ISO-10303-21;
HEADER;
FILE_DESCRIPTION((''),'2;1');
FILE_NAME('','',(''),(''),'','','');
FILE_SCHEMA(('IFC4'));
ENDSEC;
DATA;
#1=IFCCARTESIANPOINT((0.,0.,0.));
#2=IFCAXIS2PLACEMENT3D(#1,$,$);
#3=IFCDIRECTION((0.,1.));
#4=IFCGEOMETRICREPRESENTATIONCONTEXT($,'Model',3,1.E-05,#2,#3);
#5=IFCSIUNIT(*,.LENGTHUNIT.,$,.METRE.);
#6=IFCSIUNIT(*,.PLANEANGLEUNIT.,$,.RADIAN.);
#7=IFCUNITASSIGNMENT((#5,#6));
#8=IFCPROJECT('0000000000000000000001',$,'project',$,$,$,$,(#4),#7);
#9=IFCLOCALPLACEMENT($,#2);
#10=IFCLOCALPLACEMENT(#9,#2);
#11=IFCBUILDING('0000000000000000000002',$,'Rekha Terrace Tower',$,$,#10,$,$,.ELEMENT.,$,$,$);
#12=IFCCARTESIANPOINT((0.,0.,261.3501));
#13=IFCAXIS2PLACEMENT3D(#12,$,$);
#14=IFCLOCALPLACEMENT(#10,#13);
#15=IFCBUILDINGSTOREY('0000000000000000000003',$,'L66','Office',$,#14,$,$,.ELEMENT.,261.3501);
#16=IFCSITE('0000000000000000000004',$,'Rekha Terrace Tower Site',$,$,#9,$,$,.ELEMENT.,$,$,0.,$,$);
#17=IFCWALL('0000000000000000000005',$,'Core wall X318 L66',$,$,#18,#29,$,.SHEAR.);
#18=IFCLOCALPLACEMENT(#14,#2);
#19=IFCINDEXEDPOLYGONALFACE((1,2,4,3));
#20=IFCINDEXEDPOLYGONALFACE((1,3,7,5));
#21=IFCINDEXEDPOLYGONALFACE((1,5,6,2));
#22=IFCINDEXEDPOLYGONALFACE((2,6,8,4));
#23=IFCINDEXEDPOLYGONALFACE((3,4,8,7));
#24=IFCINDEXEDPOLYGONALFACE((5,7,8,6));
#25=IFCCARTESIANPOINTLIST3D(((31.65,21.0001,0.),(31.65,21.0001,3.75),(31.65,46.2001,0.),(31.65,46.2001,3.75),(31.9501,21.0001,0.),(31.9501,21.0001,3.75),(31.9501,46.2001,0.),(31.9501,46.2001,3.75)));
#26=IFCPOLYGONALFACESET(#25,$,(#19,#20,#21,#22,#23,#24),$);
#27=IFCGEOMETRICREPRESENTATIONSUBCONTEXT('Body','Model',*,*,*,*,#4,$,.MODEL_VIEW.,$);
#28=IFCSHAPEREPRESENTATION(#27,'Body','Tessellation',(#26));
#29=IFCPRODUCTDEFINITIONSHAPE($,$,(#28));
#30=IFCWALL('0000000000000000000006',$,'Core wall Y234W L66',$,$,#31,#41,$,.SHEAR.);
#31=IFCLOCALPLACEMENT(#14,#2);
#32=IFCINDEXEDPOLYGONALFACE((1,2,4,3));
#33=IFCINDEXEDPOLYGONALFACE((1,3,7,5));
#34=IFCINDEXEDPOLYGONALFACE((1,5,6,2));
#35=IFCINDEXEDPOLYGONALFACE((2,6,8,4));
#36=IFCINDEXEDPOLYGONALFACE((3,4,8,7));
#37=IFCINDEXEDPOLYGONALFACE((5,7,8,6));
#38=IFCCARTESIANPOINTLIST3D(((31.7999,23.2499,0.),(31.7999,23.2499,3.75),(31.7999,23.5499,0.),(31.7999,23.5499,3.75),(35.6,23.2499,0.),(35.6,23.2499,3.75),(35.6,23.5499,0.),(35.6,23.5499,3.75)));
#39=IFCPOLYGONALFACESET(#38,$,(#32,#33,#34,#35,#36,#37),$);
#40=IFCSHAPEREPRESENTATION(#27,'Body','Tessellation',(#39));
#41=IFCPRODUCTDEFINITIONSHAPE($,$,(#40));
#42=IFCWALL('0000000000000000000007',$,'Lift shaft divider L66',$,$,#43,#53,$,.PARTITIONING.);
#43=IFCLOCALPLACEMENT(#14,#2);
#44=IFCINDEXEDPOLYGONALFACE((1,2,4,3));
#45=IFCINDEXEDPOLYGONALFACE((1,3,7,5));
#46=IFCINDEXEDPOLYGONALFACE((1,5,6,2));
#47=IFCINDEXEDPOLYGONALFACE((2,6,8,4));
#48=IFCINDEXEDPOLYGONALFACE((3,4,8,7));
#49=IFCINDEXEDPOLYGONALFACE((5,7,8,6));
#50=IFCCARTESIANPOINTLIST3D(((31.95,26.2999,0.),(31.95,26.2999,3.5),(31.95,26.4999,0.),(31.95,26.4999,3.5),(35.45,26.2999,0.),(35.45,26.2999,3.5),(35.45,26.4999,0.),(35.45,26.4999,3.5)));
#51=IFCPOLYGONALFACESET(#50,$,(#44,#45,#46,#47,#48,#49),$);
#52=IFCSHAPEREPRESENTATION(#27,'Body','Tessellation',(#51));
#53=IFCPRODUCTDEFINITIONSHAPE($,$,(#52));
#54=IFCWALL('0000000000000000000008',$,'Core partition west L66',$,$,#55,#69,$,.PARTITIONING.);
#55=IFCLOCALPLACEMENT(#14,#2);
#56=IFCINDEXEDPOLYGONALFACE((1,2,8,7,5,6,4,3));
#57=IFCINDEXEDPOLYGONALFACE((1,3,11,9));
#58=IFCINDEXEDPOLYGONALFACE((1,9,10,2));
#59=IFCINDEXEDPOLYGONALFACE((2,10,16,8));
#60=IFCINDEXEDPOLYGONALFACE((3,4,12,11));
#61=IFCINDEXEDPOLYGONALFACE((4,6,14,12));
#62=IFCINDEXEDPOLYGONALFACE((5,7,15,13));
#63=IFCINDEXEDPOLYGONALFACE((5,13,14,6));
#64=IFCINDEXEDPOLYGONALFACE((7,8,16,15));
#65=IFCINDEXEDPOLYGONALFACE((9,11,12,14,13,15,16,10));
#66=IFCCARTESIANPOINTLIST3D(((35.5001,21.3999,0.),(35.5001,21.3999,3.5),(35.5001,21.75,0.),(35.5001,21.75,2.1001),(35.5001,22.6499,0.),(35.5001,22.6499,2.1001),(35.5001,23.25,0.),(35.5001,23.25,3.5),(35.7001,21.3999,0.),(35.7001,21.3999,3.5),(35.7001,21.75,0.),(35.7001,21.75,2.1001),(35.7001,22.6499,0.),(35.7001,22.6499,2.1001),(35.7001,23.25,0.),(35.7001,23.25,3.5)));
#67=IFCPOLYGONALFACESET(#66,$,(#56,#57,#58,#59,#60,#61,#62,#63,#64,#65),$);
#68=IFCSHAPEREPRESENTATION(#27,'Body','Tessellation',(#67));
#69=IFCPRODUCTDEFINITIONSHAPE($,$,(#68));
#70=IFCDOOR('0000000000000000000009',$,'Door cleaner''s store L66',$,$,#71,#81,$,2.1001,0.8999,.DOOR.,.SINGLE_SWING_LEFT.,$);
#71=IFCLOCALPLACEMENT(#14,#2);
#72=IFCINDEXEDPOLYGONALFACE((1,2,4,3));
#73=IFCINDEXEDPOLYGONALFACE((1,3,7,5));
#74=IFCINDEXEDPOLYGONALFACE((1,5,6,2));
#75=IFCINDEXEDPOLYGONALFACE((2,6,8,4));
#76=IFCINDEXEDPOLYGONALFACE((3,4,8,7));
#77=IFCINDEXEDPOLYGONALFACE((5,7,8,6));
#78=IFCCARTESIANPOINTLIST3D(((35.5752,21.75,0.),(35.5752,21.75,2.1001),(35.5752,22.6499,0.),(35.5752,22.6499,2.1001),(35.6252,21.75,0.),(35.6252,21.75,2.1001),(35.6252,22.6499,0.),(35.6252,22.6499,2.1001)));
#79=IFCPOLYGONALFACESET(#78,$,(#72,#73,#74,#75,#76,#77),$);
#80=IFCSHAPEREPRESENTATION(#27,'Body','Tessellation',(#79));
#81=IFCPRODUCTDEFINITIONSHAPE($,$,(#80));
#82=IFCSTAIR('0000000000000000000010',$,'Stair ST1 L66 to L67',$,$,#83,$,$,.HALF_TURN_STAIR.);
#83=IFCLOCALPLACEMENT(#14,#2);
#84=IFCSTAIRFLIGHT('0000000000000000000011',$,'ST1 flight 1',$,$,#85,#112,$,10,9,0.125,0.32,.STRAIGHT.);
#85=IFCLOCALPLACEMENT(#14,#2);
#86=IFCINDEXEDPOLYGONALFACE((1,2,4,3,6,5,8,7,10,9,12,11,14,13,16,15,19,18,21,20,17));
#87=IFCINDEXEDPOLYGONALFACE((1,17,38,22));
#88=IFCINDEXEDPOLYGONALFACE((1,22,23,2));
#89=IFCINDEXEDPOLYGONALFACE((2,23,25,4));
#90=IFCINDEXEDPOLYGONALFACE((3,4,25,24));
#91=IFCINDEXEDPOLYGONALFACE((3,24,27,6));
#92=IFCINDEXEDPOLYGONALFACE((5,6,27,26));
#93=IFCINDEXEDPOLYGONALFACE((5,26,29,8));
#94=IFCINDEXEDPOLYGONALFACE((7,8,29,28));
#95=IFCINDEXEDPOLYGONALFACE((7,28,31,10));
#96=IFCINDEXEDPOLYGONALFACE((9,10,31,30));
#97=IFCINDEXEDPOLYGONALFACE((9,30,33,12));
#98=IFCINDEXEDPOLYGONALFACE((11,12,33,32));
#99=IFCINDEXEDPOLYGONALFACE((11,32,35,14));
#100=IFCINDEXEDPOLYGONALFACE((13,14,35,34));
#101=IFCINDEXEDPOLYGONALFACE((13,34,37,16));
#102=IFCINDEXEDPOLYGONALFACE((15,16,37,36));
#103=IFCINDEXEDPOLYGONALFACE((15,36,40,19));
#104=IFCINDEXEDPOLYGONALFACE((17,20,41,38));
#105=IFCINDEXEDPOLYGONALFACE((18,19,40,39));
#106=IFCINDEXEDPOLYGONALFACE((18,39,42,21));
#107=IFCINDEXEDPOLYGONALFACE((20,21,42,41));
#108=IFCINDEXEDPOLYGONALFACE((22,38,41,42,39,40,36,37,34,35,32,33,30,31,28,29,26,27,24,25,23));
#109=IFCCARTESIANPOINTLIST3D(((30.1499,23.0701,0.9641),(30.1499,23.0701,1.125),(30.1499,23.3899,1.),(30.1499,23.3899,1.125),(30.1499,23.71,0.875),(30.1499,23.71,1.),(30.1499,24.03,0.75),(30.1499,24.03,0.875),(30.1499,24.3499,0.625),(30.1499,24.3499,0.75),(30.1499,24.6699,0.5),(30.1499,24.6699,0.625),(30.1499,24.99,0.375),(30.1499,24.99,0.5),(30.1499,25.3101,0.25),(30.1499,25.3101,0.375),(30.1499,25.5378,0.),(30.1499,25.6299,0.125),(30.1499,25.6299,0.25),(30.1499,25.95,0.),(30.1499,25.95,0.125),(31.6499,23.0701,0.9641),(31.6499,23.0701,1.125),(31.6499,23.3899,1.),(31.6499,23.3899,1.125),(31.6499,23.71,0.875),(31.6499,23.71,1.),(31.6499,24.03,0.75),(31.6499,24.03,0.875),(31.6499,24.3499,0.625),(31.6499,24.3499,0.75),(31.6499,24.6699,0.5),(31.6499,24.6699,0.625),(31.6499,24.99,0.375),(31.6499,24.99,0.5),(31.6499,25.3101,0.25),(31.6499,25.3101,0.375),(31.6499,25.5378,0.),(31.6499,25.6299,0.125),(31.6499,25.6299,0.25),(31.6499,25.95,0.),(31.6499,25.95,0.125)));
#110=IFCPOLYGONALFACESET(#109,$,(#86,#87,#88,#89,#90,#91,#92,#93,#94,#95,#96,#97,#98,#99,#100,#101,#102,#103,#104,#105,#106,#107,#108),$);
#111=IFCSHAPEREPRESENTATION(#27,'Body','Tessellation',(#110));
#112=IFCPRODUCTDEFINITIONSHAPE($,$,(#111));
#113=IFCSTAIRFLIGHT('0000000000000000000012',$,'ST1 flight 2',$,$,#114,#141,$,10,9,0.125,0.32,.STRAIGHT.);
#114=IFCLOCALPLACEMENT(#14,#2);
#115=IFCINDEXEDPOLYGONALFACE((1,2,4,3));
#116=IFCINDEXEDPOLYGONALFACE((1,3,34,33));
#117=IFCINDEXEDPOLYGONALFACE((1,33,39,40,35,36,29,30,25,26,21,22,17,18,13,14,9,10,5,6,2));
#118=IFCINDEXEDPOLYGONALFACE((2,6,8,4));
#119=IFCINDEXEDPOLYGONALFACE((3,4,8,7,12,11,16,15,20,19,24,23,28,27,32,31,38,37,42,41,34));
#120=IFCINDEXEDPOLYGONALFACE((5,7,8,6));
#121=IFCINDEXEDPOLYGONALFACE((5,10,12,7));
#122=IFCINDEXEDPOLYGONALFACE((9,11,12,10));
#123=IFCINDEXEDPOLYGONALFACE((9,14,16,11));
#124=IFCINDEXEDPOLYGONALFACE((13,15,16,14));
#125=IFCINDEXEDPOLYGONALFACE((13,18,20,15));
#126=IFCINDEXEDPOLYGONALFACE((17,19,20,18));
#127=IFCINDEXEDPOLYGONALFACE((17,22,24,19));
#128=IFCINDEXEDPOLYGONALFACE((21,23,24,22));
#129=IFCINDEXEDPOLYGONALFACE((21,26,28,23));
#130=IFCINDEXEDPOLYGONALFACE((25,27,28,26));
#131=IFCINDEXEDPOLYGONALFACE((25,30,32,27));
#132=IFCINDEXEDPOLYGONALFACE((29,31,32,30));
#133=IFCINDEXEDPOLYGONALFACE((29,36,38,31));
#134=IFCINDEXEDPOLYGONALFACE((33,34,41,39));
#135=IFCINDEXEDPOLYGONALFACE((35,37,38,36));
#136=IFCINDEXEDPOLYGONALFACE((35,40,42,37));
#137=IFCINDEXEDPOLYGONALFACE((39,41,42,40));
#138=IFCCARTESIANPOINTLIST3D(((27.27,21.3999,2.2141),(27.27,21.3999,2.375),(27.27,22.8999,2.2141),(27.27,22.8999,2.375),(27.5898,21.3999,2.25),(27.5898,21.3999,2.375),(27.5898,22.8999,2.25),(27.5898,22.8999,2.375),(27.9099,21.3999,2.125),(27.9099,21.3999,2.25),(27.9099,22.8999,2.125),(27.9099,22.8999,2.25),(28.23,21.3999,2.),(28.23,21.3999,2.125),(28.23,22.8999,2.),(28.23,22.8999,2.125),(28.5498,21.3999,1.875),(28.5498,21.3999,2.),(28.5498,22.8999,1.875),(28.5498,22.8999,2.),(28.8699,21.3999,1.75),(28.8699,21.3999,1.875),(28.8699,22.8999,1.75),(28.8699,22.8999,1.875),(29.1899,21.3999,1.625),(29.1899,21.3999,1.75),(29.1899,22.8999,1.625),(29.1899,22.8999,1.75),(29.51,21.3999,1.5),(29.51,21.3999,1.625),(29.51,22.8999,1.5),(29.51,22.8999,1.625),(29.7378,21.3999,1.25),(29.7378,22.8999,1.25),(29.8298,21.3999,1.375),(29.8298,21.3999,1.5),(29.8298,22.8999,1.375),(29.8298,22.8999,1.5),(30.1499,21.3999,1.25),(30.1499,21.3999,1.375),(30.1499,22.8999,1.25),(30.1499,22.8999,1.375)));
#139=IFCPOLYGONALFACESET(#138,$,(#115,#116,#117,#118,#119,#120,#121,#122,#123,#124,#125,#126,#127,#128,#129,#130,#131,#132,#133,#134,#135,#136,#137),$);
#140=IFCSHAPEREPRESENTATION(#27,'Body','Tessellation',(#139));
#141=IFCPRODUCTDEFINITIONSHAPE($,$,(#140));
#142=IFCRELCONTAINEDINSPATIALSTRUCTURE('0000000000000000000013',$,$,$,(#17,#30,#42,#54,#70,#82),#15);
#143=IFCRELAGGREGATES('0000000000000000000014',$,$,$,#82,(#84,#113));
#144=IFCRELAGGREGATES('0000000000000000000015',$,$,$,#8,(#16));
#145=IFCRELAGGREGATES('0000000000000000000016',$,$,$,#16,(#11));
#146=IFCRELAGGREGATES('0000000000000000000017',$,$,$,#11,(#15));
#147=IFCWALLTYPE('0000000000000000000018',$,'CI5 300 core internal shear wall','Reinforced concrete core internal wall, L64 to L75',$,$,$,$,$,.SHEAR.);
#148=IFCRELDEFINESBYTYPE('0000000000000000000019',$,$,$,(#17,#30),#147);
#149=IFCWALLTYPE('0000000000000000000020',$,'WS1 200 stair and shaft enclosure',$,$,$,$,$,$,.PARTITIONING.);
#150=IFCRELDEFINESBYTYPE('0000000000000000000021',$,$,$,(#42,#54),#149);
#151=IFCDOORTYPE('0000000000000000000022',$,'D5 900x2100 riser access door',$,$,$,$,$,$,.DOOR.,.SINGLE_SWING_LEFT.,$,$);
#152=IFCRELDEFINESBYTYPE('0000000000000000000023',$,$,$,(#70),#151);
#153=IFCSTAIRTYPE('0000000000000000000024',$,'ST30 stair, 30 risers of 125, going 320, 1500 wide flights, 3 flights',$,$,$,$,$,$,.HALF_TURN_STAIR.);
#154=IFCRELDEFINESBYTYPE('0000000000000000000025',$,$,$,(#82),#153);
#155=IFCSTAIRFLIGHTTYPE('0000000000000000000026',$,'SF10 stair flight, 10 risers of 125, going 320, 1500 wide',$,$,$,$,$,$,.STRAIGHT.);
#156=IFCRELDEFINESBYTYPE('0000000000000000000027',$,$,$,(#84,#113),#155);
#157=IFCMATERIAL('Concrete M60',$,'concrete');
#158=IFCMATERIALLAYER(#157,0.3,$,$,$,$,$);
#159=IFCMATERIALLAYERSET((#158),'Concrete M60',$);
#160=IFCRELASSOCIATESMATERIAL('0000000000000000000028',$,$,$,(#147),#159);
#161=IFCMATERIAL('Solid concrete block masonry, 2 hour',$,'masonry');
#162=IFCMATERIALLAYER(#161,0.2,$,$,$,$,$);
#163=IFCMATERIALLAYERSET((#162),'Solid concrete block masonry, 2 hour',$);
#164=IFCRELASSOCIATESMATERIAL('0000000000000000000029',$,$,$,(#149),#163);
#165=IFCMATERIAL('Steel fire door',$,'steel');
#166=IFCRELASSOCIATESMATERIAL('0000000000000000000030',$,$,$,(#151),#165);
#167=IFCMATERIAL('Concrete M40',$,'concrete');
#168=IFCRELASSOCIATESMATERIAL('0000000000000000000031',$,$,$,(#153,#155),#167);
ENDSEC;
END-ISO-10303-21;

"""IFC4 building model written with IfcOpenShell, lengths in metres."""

from ifc_helpers import new_model, si_unit, direction, frame, frame_2d, origin, place, context, subcontext, project, spatial, polyline, rectangle, outline, extrude, material, layer, layer_set, type_object, element, fill, aggregate, save


model = new_model("IFC4")

# Units and contexts
model_context = context("Model", 3, precision=1e-05, world=origin(), true_north=direction((0.0, 1.0)))
body_context = subcontext(model_context, "Body", "Model", "MODEL_VIEW")
ifc_project = project(units=[si_unit("LENGTHUNIT", "METRE"), si_unit("PLANEANGLEUNIT", "RADIAN")], contexts=[model_context])

# Site, building, storey
site_placement = place(None, origin())
site = spatial("IfcSite", under=ifc_project, at=site_placement, Name="Rekha Terrace Tower Site", CompositionType="ELEMENT", RefElevation=0.0)
building_placement = place(site_placement, origin())
building = spatial("IfcBuilding", under=site, at=building_placement, Name="Rekha Terrace Tower", CompositionType="ELEMENT")
storey_placement = place(building_placement, frame((0.0, 0.0, 261.3501)))
storey = spatial("IfcBuildingStorey", under=building, at=storey_placement, Name="L66", Description="Office", CompositionType="ELEMENT", Elevation=261.3501)

# Shared definitions
ifc_material_1 = material(Name="Concrete M60", Category="concrete")

# Walls
ifc_layer_1 = layer(ifc_material_1, 0.3)
ifc_layer_set_1 = layer_set([ifc_layer_1], Name="Concrete M60")
wall_type_1 = type_object("IfcWallType", Name="CI5 300 core internal shear wall", Description="Reinforced concrete core internal wall, L64 to L75", PredefinedType="SHEAR", material=ifc_layer_set_1)
wall_1_placement = place(storey_placement, frame((31.8, 21.0, 0.0), z_axis=(0.0, 0.0, 1.0), x_axis=(0.0, 1.0, 0.0)))
element("IfcWall", 1, at=wall_1_placement, inside=storey, type_object=wall_type_1, Name="Core wall X318 L66", PredefinedType="SHEAR", context=body_context, shape_type="SweptSolid", body=[
    extrude(rectangle(XDim=25.2, YDim=0.3, at=frame_2d((12.6001, 0.0))), origin(), (0.0, 0.0, 1.0), 3.75),
])
wall_2_placement = place(storey_placement, frame((31.8, 23.3999, 0.0), z_axis=(0.0, 0.0, 1.0), x_axis=(1.0, 0.0, 0.0)))
element("IfcWall", 2, at=wall_2_placement, inside=storey, type_object=wall_type_1, Name="Core wall Y234W L66", PredefinedType="SHEAR", context=body_context, shape_type="SweptSolid", body=[
    extrude(rectangle(XDim=3.8, YDim=0.3, at=frame_2d((1.8999, 0.0))), origin(), (0.0, 0.0, 1.0), 3.75),
])
ifc_material_2 = material(Name="Solid concrete block masonry, 2 hour", Category="masonry")
ifc_layer_2 = layer(ifc_material_2, 0.2)
ifc_layer_set_2 = layer_set([ifc_layer_2], Name="Solid concrete block masonry, 2 hour")
wall_type_2 = type_object("IfcWallType", Name="WS1 200 stair and shaft enclosure", PredefinedType="PARTITIONING", material=ifc_layer_set_2)
wall_3_placement = place(storey_placement, frame((31.95, 26.3999, 0.0), z_axis=(0.0, 0.0, 1.0), x_axis=(1.0, 0.0, 0.0)))
element("IfcWall", 3, at=wall_3_placement, inside=storey, type_object=wall_type_2, Name="Lift shaft divider L66", PredefinedType="PARTITIONING", context=body_context, shape_type="SweptSolid", body=[
    extrude(rectangle(XDim=3.5, YDim=0.2, at=frame_2d((1.75, 0.0))), origin(), (0.0, 0.0, 1.0), 3.5),
])

# Wall, opening, door
wall_4_placement = place(storey_placement, frame((35.6001, 21.3999, 0.0), z_axis=(0.0, 0.0, 1.0), x_axis=(0.0, 1.0, 0.0)))
wall_4 = element("IfcWall", 4, at=wall_4_placement, inside=storey, type_object=wall_type_2, Name="Core partition west L66", PredefinedType="PARTITIONING", context=body_context, shape_type="SweptSolid", body=[
    extrude(rectangle(XDim=1.8501, YDim=0.2, at=frame_2d((0.925, 0.0))), origin(), (0.0, 0.0, 1.0), 3.5),
])
opening_placement = place(wall_4_placement, frame((0.3501, 0.0, 0.0)))
opening = element("IfcOpeningElement", 5, at=opening_placement, cuts=wall_4, PredefinedType="OPENING", context=body_context, shape_type="SweptSolid", body=[
    extrude(rectangle(XDim=0.8999, YDim=2.1001, at=frame_2d((0.45, 1.05))), frame((0.0, 0.1099, 0.0), z_axis=(0.0, -1.0, 0.0), x_axis=(1.0, 0.0, 0.0)), (0.0, 0.0, 1.0), 0.22),
])
ifc_material_3 = material(Name="Steel fire door", Category="steel")
door_type = type_object("IfcDoorType", Name="D5 900x2100 riser access door", OperationType="SINGLE_SWING_LEFT", PredefinedType="DOOR", material=ifc_material_3)
door_placement = place(opening_placement, origin())
door = element("IfcDoor", 6, at=door_placement, inside=storey, type_object=door_type, Name="Door cleaner's store L66", OperationType="SINGLE_SWING_LEFT", OverallHeight=2.1001, OverallWidth=0.8999, PredefinedType="DOOR", context=body_context, shape_type="SweptSolid", body=[
    extrude(rectangle(XDim=0.8999, YDim=2.1001, at=frame_2d((0.45, 1.05))), frame((0.0, 0.0249, 0.0), z_axis=(0.0, -1.0, 0.0), x_axis=(1.0, 0.0, 0.0)), (0.0, 0.0, 1.0), 0.05),
])
fill(opening, door)

# Stair, stair flights
ifc_material_4 = material(Name="Concrete M40", Category="concrete")
stair_type = type_object("IfcStairType", Name="ST30 stair, 30 risers of 125, going 320, 1500 wide flights, 3 flights", PredefinedType="HALF_TURN_STAIR", material=ifc_material_4)
stair_placement = place(storey_placement, origin())
stair = element("IfcStair", 7, at=stair_placement, inside=storey, type_object=stair_type, Name="Stair ST1 L66 to L67", PredefinedType="HALF_TURN_STAIR")
stair_flight_type = type_object("IfcStairFlightType", Name="SF10 stair flight, 10 risers of 125, going 320, 1500 wide", PredefinedType="STRAIGHT", material=ifc_material_4)
stair_flight_1_placement = place(storey_placement, frame((30.8999, 25.95, 0.0), z_axis=(0.0, 0.0, 1.0), x_axis=(0.0, -1.0, 0.0)))
stair_flight_1 = element("IfcStairFlight", 8, at=stair_flight_1_placement, type_object=stair_flight_type, Name="ST1 flight 1", NumberOfRisers=10, NumberOfTreads=9, PredefinedType="STRAIGHT", RiserHeight=0.125, TreadLength=0.32, context=body_context, shape_type="SweptSolid", body=[
    extrude(outline(polyline([(0.0, 0.0), (0.0, 0.125), (0.3201, 0.125), (0.3201, 0.25), (0.6399, 0.25), (0.6399, 0.375), (0.96, 0.375), (0.96, 0.5), (1.28, 0.5), (1.28, 0.625), (1.6001, 0.625), (1.6001, 0.75), (1.9199, 0.75), (1.9199, 0.875), (2.24, 0.875), (2.24, 1.0), (2.5601, 1.0), (2.5601, 1.125), (2.8799, 1.125), (2.8799, 1.25), (2.8799, 0.9641), (0.4121, 0.0), (0.0, 0.0)])), frame((0.0, 0.75, 0.0), z_axis=(0.0, -1.0, 0.0), x_axis=(1.0, 0.0, 0.0)), (0.0, 0.0, 1.0), 1.5),
])
stair_flight_2_placement = place(storey_placement, frame((30.1499, 22.1499, 1.25), z_axis=(0.0, 0.0, 1.0), x_axis=(-1.0, 0.0, 0.0)))
stair_flight_2 = element("IfcStairFlight", 9, at=stair_flight_2_placement, type_object=stair_flight_type, Name="ST1 flight 2", NumberOfRisers=10, NumberOfTreads=9, PredefinedType="STRAIGHT", RiserHeight=0.125, TreadLength=0.32, context=body_context, shape_type="SweptSolid", body=[
    extrude(outline(polyline([(0.0, 0.0), (0.0, 0.125), (0.3201, 0.125), (0.3201, 0.25), (0.6399, 0.25), (0.6399, 0.375), (0.96, 0.375), (0.96, 0.5), (1.28, 0.5), (1.28, 0.625), (1.6001, 0.625), (1.6001, 0.75), (1.9199, 0.75), (1.9199, 0.875), (2.24, 0.875), (2.24, 1.0), (2.5601, 1.0), (2.5601, 1.125), (2.8799, 1.125), (2.8799, 1.25), (2.8799, 0.9641), (0.4121, 0.0), (0.0, 0.0)])), frame((0.0, 0.75, 0.0), z_axis=(0.0, -1.0, 0.0), x_axis=(1.0, 0.0, 0.0)), (0.0, 0.0, 1.0), 1.5),
])
aggregate(stair, [stair_flight_1, stair_flight_2])

save(model, "model.ifc")
